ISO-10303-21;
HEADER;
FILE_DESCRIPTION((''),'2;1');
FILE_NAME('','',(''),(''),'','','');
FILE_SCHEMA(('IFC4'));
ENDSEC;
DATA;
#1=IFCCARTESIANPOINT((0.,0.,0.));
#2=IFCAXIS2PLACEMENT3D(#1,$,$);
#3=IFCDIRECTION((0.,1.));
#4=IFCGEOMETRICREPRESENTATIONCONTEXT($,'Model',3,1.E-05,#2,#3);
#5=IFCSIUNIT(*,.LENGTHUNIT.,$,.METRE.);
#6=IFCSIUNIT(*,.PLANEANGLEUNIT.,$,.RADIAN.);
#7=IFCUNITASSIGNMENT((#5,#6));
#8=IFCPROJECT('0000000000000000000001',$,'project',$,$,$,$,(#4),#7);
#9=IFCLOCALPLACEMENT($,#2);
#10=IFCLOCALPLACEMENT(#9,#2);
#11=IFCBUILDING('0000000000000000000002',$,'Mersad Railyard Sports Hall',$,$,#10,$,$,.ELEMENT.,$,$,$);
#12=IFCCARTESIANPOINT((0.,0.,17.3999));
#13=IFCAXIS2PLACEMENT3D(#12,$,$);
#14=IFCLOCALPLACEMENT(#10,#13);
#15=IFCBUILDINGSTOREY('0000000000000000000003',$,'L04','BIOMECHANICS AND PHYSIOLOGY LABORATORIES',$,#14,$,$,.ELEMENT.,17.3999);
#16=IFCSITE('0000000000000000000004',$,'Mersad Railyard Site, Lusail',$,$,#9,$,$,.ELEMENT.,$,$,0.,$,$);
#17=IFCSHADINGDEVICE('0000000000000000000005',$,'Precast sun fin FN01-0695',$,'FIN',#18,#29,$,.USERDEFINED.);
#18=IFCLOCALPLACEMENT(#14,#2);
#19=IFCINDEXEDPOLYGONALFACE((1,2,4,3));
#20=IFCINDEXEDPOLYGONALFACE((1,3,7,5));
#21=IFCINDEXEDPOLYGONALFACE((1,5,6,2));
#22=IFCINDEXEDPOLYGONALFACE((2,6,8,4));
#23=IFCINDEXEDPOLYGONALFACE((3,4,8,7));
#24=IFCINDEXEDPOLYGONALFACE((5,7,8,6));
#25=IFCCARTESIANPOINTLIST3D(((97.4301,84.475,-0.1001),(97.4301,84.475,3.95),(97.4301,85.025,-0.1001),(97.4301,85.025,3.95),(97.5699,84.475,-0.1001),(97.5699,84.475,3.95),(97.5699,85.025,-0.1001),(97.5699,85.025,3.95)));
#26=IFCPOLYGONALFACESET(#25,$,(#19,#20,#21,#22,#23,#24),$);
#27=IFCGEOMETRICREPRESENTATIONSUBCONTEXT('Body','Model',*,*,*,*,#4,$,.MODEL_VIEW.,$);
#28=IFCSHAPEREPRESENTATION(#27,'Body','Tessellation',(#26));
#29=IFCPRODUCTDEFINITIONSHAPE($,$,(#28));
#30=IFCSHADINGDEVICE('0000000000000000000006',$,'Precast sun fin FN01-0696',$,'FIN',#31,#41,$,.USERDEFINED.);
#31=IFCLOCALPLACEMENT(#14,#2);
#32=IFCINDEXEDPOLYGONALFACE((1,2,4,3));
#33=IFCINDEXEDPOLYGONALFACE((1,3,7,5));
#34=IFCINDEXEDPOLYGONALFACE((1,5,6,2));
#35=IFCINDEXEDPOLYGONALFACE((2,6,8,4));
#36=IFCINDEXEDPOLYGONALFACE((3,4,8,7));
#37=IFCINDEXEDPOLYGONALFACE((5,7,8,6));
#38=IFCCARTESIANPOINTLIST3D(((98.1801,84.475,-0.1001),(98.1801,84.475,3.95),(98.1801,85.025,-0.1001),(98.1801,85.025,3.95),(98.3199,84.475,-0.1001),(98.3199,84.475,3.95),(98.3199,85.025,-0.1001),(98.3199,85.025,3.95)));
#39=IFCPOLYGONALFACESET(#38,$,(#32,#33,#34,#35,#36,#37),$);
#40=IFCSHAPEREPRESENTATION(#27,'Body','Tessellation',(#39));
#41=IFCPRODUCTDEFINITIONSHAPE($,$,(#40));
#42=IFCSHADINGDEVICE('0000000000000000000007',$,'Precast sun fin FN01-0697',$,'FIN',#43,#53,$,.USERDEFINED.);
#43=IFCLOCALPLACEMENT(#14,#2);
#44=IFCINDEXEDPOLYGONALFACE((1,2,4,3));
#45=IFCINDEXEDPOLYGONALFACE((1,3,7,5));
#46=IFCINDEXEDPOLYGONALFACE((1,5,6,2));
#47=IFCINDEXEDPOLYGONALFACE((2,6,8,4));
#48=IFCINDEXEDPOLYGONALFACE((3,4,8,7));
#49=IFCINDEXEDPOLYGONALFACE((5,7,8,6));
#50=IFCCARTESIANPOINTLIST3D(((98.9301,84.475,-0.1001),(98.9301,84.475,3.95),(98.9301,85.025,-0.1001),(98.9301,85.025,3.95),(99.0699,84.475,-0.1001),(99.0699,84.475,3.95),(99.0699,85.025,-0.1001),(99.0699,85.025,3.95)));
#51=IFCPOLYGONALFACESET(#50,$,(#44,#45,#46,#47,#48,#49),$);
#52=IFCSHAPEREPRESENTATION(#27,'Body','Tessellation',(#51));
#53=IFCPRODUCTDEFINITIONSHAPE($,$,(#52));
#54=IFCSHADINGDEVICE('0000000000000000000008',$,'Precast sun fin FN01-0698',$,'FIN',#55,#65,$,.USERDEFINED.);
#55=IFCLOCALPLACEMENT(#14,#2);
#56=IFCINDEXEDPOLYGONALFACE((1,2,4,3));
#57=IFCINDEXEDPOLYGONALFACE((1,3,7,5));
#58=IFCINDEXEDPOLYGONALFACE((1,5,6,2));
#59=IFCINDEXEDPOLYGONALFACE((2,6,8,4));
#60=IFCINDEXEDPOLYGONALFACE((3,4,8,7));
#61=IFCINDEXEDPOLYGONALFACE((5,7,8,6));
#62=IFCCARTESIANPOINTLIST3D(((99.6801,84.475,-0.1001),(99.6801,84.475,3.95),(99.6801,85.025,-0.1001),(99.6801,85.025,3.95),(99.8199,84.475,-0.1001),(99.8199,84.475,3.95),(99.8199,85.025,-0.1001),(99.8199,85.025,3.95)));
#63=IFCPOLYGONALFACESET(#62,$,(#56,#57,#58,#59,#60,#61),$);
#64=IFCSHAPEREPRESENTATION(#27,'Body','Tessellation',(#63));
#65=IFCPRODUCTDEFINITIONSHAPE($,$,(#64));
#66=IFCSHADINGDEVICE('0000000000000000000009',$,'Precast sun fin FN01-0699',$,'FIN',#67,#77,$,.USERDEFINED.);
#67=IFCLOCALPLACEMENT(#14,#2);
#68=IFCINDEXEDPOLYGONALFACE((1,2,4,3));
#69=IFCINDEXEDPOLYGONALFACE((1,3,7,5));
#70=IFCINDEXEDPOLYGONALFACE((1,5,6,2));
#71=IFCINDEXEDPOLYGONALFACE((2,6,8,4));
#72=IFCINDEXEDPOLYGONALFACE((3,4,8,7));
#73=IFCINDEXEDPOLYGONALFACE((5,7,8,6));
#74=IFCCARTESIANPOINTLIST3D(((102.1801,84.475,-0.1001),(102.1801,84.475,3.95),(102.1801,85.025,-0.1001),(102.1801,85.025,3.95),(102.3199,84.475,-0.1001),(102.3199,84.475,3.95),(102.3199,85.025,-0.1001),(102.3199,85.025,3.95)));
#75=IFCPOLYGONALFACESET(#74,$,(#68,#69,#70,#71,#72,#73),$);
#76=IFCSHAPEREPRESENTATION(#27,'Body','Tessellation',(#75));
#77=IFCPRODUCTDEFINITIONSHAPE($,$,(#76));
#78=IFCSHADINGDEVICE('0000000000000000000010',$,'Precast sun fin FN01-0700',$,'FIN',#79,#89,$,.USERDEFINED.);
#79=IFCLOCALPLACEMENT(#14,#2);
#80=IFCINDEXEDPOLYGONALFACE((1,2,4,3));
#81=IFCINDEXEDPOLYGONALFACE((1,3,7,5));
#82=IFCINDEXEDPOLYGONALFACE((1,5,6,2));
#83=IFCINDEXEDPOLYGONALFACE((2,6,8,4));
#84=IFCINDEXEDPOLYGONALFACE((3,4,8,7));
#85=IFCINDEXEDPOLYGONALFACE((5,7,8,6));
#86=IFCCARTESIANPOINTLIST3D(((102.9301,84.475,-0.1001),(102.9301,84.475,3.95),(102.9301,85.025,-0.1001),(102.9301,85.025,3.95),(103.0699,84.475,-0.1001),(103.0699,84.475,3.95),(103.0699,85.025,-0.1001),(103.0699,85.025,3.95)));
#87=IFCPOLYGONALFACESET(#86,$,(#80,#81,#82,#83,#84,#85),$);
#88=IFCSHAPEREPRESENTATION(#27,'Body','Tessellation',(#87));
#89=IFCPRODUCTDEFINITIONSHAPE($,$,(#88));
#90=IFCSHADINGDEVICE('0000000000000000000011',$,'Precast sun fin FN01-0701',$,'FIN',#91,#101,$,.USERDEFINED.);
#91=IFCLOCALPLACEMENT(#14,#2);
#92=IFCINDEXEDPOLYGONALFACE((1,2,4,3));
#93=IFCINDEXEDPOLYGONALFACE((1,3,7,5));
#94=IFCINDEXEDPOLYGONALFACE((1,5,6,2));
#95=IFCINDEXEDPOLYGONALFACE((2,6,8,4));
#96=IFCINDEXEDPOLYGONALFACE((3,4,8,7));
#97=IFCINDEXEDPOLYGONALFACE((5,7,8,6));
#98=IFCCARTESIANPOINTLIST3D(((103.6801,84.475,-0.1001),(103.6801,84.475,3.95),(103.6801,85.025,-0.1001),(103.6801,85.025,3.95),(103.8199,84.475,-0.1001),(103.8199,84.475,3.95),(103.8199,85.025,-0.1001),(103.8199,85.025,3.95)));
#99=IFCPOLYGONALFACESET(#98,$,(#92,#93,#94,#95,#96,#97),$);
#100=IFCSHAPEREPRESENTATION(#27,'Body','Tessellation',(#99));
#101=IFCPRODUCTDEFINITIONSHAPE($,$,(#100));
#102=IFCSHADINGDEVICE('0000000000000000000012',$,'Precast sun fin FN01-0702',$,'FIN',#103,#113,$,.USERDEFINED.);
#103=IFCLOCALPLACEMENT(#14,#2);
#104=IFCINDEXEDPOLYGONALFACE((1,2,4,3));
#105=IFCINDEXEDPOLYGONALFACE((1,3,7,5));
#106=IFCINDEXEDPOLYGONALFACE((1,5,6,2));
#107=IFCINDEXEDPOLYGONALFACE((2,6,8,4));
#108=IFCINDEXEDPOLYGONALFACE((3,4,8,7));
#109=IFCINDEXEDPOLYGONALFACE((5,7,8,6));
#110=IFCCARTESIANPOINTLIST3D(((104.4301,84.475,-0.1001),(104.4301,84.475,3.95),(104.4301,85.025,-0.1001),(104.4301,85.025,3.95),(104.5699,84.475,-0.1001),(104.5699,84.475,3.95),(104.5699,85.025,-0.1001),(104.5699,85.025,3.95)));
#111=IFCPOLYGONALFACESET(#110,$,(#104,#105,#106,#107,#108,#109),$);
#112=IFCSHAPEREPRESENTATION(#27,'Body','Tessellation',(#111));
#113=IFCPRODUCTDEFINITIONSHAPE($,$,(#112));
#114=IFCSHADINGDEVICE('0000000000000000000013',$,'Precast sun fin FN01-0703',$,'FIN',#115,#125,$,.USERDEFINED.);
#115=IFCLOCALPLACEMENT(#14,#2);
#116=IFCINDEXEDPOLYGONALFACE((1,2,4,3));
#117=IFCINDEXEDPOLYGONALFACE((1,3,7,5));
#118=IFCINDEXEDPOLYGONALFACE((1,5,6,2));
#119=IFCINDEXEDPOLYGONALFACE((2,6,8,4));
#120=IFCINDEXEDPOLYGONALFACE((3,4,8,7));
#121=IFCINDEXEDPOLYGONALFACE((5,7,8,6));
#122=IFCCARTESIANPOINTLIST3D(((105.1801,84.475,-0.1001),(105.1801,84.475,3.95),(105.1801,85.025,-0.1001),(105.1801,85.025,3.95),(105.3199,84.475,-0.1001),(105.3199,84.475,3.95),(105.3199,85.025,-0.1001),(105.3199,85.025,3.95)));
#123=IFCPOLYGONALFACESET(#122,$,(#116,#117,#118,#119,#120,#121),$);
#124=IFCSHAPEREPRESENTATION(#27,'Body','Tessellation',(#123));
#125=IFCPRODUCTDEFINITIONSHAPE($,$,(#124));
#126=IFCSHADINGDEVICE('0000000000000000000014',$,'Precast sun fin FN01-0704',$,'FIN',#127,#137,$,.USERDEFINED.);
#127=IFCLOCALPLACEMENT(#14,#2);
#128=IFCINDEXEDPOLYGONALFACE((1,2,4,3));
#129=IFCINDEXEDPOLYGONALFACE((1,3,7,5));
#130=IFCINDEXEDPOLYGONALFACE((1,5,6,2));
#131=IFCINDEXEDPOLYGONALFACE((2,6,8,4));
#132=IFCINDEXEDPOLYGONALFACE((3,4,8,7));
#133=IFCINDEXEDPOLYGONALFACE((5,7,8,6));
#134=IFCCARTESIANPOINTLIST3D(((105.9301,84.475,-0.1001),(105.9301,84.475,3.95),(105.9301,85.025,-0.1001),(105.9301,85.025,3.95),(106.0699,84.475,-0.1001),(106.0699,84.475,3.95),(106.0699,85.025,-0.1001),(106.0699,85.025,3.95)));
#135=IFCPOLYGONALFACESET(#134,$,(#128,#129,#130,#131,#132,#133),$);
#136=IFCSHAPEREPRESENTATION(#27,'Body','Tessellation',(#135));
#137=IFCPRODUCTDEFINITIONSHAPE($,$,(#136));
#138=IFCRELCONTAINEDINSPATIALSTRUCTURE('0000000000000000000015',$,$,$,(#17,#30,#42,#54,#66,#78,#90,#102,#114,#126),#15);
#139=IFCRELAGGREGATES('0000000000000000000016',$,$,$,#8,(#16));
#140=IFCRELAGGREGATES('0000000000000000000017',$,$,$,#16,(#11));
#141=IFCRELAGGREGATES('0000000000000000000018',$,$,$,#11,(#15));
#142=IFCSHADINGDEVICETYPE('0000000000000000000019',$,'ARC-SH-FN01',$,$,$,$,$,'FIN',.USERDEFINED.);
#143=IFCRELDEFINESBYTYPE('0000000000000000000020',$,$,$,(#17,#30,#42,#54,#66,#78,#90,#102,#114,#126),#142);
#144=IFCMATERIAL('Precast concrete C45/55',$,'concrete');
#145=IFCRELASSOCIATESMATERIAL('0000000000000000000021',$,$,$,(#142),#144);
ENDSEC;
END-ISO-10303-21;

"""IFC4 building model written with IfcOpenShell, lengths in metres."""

from ifc_helpers import new_model, si_unit, direction, frame, origin, origin_2d, place, context, subcontext, project, spatial, rectangle, extrude, material, type_object, element, save


model = new_model("IFC4")

# Units and contexts
model_context = context("Model", 3, precision=1e-05, world=origin(), true_north=direction((0.0, 1.0)))
body_context = subcontext(model_context, "Body", "Model", "MODEL_VIEW")
ifc_project = project(units=[si_unit("LENGTHUNIT", "METRE"), si_unit("PLANEANGLEUNIT", "RADIAN")], contexts=[model_context])

# Site, building, storey
site_placement = place(None, origin())
site = spatial("IfcSite", under=ifc_project, at=site_placement, Name="Mersad Railyard Site, Lusail", CompositionType="ELEMENT", RefElevation=0.0)
building_placement = place(site_placement, origin())
building = spatial("IfcBuilding", under=site, at=building_placement, Name="Mersad Railyard Sports Hall", CompositionType="ELEMENT")
storey_placement = place(building_placement, frame((0.0, 0.0, 17.3999)))
storey = spatial("IfcBuildingStorey", under=building, at=storey_placement, Name="L04", Description="BIOMECHANICS AND PHYSIOLOGY LABORATORIES", CompositionType="ELEMENT", Elevation=17.3999)

# Shading devices
ifc_material_1 = material(Name="Precast concrete C45/55", Category="concrete")
shading_device_type = type_object("IfcShadingDeviceType", Name="ARC-SH-FN01", ElementType="FIN", PredefinedType="USERDEFINED", material=ifc_material_1)
for number, where, z_axis, x_axis, name in (
    (1, (97.5, 84.75, -0.1001), (0.0, 0.0, 1.0), (1.0, 0.0, 0.0), "Precast sun fin FN01-0695"),
    (2, (98.25, 84.75, -0.1001), (0.0, 0.0, 1.0), (1.0, 0.0, 0.0), "Precast sun fin FN01-0696"),
    (3, (99.0, 84.75, -0.1001), (0.0, 0.0, 1.0), (1.0, 0.0, 0.0), "Precast sun fin FN01-0697"),
    (4, (99.75, 84.75, -0.1001), (0.0, 0.0, 1.0), (1.0, 0.0, 0.0), "Precast sun fin FN01-0698"),
    (5, (102.25, 84.75, -0.1001), (0.0, 0.0, 1.0), (1.0, 0.0, 0.0), "Precast sun fin FN01-0699"),
    (6, (103.0, 84.75, -0.1001), (0.0, 0.0, 1.0), (1.0, 0.0, 0.0), "Precast sun fin FN01-0700"),
    (7, (103.75, 84.75, -0.1001), (0.0, 0.0, 1.0), (1.0, 0.0, 0.0), "Precast sun fin FN01-0701"),
    (8, (104.5, 84.75, -0.1001), (0.0, 0.0, 1.0), (1.0, 0.0, 0.0), "Precast sun fin FN01-0702"),
    (9, (105.25, 84.75, -0.1001), (0.0, 0.0, 1.0), (1.0, 0.0, 0.0), "Precast sun fin FN01-0703"),
    (10, (106.0, 84.75, -0.1001), (0.0, 0.0, 1.0), (1.0, 0.0, 0.0), "Precast sun fin FN01-0704"),
):
    element("IfcShadingDevice", number, at=place(storey_placement, frame(where, z_axis=z_axis, x_axis=x_axis)), inside=storey, type_object=shading_device_type, Name=name, ObjectType="FIN", PredefinedType="USERDEFINED", context=body_context, shape_type="SweptSolid", body=[
        extrude(rectangle(XDim=0.1399, YDim=0.55, at=origin_2d()), origin(), (0.0, 0.0, 1.0), 4.05),
    ])

save(model, "model.ifc")
